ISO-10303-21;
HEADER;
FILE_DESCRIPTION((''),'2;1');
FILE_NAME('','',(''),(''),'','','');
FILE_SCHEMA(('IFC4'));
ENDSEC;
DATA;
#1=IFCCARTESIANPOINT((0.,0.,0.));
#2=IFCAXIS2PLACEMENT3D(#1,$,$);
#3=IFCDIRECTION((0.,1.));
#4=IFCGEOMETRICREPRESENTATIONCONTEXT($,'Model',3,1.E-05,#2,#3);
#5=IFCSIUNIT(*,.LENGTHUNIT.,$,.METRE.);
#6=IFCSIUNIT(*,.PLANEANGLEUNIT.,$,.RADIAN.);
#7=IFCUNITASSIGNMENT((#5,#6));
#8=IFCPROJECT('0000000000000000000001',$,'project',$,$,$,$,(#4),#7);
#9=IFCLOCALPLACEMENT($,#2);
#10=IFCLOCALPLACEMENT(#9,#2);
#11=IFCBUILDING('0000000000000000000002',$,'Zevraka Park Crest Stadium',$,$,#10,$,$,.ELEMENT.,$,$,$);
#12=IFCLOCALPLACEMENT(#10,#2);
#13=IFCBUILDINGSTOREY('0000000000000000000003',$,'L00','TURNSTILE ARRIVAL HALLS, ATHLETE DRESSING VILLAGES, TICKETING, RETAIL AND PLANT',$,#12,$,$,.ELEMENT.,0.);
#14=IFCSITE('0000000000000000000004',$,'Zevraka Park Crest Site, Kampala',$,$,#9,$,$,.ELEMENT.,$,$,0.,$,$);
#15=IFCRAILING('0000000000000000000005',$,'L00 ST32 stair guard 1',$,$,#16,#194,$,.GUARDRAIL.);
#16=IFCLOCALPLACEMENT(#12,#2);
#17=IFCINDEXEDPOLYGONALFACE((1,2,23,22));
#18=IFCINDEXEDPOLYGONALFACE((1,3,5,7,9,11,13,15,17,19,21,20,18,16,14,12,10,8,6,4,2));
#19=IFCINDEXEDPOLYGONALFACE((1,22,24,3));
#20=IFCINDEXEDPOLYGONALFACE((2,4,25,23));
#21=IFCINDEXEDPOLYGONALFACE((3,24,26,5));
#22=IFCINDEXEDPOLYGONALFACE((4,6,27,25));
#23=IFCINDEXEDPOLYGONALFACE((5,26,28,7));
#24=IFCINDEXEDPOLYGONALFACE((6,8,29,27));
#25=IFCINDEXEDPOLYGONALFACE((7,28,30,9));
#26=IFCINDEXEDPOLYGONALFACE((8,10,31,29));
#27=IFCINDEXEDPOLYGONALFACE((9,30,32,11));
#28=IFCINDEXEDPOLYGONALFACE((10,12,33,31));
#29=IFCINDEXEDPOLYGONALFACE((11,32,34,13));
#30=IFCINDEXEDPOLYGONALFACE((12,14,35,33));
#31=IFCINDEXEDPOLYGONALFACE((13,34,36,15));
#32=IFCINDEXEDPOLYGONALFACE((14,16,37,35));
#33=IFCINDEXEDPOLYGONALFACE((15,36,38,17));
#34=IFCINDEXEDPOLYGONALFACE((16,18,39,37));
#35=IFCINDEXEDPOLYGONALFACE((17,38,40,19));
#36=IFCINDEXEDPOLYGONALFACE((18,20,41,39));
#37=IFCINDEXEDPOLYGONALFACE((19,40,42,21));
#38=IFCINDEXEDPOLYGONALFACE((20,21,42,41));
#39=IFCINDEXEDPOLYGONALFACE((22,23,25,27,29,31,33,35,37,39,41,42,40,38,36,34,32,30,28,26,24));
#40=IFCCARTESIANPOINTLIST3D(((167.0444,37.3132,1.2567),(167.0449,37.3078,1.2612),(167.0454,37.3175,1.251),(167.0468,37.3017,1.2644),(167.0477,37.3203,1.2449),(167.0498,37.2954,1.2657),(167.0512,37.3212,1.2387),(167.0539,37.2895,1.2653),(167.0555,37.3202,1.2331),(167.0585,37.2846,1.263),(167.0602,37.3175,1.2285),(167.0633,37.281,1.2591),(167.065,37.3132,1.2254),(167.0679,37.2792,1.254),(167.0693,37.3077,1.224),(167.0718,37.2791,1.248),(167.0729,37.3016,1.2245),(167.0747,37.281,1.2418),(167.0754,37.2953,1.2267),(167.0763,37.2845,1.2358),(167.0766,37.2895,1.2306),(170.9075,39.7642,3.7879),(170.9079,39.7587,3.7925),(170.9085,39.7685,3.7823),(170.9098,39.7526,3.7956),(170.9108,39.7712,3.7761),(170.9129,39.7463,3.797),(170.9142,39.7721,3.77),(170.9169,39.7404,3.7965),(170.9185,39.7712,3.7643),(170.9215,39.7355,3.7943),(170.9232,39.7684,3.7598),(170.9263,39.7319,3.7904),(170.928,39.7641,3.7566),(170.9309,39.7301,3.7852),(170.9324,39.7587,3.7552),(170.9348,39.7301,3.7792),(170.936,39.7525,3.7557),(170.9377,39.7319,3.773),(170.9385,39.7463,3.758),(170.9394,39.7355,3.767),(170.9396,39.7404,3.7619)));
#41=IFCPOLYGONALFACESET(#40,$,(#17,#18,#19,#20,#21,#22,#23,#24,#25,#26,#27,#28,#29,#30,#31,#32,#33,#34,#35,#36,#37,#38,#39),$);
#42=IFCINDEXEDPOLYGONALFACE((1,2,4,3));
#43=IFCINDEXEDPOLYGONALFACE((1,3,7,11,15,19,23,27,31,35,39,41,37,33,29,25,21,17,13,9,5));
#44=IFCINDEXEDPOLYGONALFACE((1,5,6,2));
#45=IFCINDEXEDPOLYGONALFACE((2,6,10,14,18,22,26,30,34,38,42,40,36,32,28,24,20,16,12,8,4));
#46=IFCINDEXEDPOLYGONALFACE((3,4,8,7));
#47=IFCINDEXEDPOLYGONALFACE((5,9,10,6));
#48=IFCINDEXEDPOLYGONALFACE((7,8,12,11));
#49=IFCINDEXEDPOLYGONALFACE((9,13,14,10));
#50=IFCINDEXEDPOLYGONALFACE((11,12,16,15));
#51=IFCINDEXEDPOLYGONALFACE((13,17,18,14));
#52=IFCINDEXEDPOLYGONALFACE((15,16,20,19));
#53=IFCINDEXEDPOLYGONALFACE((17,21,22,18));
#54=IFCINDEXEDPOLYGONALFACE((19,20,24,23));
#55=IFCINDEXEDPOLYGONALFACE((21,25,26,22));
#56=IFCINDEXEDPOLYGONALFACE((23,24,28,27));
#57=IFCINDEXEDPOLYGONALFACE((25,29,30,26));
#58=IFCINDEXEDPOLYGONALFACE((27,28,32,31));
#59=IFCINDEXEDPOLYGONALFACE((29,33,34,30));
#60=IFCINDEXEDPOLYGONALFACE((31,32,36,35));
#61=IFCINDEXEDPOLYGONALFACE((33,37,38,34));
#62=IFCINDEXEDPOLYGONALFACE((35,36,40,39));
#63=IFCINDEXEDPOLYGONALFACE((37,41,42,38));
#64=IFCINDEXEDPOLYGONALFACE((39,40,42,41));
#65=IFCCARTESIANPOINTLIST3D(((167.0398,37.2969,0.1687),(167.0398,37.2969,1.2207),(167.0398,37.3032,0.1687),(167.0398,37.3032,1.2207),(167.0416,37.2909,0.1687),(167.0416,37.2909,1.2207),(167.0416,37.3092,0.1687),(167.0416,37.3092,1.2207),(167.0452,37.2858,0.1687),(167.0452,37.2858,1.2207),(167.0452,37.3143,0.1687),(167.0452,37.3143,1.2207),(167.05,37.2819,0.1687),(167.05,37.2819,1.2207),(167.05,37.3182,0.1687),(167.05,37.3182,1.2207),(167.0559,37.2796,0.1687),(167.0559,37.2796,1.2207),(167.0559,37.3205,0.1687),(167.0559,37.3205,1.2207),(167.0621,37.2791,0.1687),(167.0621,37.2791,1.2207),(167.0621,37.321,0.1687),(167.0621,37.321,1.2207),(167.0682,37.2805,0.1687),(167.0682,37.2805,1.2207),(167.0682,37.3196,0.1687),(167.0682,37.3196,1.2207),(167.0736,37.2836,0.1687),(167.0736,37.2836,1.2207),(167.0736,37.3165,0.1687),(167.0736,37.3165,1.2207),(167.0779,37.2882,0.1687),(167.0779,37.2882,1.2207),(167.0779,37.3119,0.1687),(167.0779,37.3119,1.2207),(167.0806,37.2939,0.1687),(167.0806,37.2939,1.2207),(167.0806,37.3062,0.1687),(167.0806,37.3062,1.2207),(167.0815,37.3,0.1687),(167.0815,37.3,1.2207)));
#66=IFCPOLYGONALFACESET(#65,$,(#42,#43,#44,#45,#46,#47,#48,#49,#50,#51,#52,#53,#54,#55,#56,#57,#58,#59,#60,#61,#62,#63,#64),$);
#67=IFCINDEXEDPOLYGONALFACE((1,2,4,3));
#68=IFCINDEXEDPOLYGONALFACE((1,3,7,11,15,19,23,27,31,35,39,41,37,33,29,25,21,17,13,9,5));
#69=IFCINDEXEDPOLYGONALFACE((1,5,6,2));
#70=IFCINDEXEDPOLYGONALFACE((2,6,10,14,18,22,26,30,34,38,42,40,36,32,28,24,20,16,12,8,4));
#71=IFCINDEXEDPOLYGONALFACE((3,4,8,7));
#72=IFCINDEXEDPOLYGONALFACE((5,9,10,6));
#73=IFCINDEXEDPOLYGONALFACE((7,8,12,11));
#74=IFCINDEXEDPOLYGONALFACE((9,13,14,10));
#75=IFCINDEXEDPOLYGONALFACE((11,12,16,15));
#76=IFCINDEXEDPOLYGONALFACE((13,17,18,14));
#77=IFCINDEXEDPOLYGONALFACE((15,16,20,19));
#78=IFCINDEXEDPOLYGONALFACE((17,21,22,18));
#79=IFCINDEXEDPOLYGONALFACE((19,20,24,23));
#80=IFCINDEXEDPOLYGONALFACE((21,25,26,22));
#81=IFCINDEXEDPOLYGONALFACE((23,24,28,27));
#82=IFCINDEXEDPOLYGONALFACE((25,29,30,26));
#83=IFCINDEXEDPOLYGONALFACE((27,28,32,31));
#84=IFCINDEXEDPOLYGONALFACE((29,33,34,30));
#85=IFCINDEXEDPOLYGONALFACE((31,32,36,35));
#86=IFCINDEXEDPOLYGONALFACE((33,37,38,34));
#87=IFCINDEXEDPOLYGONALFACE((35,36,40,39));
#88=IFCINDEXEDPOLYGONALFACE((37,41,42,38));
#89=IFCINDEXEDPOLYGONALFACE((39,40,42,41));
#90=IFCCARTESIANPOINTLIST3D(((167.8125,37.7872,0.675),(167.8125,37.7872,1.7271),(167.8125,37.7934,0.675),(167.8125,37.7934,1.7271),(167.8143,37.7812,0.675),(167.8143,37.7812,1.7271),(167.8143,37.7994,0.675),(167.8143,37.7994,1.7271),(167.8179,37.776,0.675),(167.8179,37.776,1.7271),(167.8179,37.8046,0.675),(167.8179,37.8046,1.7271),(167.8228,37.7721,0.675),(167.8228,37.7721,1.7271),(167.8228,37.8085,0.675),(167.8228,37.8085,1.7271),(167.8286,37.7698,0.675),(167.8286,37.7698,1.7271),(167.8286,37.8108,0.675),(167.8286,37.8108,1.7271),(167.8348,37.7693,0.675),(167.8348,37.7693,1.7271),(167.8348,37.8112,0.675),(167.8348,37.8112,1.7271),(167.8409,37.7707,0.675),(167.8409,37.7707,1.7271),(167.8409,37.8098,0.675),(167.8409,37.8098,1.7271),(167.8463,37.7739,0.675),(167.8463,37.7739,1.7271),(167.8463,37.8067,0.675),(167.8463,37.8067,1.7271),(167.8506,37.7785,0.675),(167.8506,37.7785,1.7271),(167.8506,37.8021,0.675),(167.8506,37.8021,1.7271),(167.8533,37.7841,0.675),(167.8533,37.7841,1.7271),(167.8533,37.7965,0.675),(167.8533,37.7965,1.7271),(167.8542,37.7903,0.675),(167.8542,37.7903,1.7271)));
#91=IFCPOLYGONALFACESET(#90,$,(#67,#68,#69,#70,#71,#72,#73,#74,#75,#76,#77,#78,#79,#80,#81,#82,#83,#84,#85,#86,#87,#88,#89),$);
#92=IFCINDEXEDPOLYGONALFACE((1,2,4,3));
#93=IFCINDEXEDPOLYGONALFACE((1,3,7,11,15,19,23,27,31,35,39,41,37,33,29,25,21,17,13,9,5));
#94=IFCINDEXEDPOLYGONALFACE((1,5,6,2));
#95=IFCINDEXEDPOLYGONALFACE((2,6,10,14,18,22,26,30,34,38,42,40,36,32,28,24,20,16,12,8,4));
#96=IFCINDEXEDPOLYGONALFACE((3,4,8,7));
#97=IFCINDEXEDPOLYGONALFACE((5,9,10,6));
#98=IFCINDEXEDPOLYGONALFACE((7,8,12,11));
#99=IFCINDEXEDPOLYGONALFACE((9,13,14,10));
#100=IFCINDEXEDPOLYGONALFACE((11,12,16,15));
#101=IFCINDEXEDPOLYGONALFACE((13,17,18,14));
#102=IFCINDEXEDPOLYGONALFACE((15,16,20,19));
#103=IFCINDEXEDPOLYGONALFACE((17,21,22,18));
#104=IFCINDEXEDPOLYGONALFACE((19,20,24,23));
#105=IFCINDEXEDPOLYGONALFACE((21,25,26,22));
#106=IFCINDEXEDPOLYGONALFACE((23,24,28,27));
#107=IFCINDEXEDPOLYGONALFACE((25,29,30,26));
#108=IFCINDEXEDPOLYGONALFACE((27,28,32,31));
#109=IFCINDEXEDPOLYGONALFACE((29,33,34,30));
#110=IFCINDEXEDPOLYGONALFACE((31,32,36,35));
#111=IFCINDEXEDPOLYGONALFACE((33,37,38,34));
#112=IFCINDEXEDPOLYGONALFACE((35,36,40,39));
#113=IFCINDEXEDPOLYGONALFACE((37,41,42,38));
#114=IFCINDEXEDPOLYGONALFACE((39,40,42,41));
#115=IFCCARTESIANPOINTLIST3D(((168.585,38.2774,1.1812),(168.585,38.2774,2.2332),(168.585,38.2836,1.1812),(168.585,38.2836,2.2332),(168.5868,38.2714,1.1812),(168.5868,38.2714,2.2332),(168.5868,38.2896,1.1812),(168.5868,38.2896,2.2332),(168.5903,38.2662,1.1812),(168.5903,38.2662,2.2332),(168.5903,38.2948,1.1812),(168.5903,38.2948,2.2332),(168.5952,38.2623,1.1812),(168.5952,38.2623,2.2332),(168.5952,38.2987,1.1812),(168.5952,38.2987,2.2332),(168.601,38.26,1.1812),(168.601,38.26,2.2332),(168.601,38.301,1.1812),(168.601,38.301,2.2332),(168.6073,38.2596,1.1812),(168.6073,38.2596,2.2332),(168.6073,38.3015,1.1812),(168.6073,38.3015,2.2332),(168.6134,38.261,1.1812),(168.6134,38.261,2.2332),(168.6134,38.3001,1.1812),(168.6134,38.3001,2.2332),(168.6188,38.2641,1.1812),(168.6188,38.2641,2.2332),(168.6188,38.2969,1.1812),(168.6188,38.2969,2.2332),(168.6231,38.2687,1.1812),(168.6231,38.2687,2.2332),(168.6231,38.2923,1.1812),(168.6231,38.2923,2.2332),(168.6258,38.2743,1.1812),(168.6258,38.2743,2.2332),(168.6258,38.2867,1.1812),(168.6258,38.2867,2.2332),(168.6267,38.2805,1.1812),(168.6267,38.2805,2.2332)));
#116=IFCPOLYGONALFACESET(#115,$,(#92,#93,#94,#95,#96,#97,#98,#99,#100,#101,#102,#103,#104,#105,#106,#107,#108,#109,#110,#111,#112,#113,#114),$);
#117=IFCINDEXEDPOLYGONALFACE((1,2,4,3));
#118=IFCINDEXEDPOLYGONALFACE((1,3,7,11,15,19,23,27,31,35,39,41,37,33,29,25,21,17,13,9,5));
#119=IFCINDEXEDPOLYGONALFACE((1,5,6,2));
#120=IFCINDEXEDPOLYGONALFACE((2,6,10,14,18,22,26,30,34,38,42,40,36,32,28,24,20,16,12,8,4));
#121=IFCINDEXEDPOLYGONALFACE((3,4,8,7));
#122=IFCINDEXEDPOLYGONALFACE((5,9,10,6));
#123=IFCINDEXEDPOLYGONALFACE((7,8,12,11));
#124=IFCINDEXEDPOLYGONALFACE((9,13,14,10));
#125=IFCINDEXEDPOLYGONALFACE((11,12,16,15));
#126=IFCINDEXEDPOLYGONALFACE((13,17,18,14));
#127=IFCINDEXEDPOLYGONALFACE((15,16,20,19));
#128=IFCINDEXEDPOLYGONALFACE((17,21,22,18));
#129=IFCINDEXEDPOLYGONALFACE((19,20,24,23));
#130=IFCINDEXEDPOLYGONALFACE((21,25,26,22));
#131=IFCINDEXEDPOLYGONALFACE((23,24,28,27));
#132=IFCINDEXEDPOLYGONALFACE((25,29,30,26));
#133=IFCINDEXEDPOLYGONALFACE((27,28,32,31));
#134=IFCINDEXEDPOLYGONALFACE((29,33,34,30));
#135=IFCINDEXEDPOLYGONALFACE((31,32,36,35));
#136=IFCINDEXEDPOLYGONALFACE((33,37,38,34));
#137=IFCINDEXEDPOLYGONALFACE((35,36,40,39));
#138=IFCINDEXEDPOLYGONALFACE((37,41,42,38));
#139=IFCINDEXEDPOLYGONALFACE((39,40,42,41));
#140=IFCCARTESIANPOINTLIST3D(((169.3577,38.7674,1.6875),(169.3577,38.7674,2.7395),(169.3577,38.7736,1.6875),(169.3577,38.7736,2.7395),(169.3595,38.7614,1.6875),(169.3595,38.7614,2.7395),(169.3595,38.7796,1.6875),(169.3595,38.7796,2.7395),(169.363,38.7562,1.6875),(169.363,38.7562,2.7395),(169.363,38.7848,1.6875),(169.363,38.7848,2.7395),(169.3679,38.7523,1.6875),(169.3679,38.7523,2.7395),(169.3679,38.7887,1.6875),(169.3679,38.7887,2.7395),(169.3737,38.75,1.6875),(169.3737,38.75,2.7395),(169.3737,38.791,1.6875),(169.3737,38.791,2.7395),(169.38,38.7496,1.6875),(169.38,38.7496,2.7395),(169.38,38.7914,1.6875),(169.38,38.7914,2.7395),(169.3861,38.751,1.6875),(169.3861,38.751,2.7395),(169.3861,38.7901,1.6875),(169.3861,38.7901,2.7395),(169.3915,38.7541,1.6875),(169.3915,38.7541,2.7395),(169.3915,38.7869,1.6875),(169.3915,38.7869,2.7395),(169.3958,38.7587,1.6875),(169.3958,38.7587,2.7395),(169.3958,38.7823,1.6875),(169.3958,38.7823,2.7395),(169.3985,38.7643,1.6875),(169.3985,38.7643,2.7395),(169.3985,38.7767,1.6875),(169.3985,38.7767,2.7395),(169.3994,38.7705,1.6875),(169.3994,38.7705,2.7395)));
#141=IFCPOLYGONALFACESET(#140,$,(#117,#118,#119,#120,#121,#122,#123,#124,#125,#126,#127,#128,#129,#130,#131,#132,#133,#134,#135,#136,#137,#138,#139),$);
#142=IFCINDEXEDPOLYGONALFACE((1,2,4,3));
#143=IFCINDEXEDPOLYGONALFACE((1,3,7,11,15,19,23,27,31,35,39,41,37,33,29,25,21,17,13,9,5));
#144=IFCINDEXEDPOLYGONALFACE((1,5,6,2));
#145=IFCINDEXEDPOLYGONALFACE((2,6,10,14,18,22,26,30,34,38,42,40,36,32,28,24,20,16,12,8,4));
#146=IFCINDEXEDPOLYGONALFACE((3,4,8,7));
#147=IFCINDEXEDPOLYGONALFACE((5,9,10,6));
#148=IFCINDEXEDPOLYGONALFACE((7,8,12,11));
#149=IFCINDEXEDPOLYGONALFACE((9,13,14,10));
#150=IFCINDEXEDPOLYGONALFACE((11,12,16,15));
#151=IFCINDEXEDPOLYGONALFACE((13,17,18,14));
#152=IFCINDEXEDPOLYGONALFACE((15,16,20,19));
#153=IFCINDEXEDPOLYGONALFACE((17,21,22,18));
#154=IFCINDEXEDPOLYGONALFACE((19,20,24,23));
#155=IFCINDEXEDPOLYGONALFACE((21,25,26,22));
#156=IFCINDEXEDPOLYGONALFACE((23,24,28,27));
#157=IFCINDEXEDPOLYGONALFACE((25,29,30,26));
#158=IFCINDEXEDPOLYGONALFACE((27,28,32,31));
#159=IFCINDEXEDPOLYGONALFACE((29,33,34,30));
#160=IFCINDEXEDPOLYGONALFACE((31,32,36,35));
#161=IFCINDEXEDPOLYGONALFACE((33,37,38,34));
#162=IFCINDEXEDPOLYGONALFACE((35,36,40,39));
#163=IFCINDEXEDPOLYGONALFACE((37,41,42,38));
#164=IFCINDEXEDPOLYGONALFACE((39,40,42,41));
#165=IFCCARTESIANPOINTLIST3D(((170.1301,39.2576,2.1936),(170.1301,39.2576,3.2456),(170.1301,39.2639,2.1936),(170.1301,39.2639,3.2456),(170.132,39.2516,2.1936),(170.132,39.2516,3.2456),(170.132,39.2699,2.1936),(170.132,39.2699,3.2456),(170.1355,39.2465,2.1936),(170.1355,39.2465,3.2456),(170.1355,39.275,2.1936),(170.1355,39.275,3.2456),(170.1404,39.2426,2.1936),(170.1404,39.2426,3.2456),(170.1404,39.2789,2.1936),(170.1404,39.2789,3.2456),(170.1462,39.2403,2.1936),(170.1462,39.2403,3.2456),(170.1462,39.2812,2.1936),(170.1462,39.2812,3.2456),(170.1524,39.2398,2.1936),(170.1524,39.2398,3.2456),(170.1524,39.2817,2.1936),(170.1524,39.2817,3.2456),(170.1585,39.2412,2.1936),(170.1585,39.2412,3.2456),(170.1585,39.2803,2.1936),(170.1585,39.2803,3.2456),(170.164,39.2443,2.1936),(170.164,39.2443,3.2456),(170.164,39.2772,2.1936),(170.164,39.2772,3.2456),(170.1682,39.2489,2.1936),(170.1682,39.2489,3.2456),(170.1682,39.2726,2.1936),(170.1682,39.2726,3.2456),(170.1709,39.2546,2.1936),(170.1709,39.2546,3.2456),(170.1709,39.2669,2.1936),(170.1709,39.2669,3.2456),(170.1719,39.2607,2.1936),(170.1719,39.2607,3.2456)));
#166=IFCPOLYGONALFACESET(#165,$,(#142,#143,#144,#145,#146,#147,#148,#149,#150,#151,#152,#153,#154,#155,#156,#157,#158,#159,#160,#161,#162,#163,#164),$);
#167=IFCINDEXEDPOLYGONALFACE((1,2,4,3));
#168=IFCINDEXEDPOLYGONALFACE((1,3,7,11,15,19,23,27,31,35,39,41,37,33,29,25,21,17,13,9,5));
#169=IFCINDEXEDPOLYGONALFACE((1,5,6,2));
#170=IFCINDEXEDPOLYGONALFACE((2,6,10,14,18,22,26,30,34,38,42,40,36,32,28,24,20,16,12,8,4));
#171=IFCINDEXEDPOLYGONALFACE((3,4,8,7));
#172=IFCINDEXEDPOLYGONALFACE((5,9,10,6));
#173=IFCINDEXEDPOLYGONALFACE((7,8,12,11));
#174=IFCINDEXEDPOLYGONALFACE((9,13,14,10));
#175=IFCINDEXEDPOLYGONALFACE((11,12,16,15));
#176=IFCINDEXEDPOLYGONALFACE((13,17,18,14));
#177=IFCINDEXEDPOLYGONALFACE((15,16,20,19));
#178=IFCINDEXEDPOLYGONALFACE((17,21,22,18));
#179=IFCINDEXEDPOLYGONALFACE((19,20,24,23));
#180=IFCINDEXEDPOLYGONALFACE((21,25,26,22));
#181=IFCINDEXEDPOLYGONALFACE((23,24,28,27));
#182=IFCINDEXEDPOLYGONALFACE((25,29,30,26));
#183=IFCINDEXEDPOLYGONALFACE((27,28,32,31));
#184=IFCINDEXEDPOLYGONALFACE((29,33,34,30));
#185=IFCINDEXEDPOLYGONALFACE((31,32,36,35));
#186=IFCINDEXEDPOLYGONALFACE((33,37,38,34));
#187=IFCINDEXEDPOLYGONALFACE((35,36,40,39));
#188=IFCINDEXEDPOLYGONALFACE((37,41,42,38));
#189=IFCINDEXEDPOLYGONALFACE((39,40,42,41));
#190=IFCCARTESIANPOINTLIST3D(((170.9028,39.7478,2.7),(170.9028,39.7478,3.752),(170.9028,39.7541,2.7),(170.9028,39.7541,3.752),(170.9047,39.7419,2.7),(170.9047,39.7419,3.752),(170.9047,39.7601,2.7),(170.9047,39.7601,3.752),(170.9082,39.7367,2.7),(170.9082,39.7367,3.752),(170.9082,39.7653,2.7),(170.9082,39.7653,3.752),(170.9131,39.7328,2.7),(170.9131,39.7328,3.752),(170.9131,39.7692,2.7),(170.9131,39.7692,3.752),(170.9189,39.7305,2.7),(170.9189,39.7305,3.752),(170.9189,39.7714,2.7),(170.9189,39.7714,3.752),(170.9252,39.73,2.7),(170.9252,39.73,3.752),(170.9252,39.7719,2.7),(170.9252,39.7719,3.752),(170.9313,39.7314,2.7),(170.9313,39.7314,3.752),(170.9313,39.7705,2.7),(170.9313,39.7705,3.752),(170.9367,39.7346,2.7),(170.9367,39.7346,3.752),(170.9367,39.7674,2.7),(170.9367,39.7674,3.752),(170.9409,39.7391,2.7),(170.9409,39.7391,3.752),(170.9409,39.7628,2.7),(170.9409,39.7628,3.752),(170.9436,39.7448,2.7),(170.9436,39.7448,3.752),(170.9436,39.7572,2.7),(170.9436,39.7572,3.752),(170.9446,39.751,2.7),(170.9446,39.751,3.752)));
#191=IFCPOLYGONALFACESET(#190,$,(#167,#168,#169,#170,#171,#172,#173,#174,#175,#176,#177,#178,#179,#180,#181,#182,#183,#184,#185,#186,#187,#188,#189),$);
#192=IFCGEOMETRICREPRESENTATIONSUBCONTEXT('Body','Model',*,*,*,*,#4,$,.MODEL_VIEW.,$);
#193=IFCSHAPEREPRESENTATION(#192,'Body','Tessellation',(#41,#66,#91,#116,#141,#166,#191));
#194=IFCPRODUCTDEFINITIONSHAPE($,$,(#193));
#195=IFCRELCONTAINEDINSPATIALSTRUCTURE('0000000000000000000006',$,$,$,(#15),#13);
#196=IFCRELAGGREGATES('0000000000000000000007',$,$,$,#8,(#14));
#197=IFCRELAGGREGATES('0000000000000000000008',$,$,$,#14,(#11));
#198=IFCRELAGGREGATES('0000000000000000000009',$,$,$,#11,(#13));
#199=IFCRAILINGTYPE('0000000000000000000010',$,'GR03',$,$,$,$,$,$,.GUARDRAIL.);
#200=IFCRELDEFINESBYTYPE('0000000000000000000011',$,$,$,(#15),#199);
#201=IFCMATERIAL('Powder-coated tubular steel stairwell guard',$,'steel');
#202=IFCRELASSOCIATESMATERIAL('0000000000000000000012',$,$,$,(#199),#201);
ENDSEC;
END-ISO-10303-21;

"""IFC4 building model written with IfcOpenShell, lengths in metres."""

from ifc_helpers import new_model, si_unit, direction, frame, origin, origin_2d, place, context, subcontext, project, spatial, circle, extrude, material, type_object, element, save


model = new_model("IFC4")

# Units and contexts
model_context = context("Model", 3, precision=1e-05, world=origin(), true_north=direction((0.0, 1.0)))
body_context = subcontext(model_context, "Body", "Model", "MODEL_VIEW")
ifc_project = project(units=[si_unit("LENGTHUNIT", "METRE"), si_unit("PLANEANGLEUNIT", "RADIAN")], contexts=[model_context])

# Site, building, storey
site_placement = place(None, origin())
site = spatial("IfcSite", under=ifc_project, at=site_placement, Name="Zevraka Park Crest Site, Kampala", CompositionType="ELEMENT", RefElevation=0.0)
building_placement = place(site_placement, origin())
building = spatial("IfcBuilding", under=site, at=building_placement, Name="Zevraka Park Crest Stadium", CompositionType="ELEMENT")
storey_placement = place(building_placement, origin())
storey = spatial("IfcBuildingStorey", under=building, at=storey_placement, Name="L00", Description="TURNSTILE ARRIVAL HALLS, ATHLETE DRESSING VILLAGES, TICKETING, RETAIL AND PLANT", CompositionType="ELEMENT", Elevation=0.0)

# Railing
ifc_material_1 = material(Name="Powder-coated tubular steel stairwell guard", Category="steel")
railing_type_1 = type_object("IfcRailingType", Name="GR03", PredefinedType="GUARDRAIL", material=ifc_material_1)
railing_1_placement = place(storey_placement, frame((167.0605, 37.3, 0.1687)))
element("IfcRailing", 1, at=railing_1_placement, inside=storey, type_object=railing_type_1, Name="L00 ST32 stair guard 1", PredefinedType="GUARDRAIL", context=body_context, shape_type="SweptSolid", body=[
    extrude(circle(Radius=0.0239, at=origin_2d()), frame((0.0, 0.0, 1.0762), z_axis=(0.738841, 0.468762, 0.484124), x_axis=(-0.535729, 0.84439, 0.0)), (0.0, 0.0, 1.0), 5.2285),
    extrude(circle(Radius=0.021, at=origin_2d()), origin(), (0.0, 0.0, 1.0), 1.052),
    extrude(circle(Radius=0.021, at=origin_2d()), frame((0.7727, 0.4902, 0.5063)), (0.0, 0.0, 1.0), 1.052),
    extrude(circle(Radius=0.021, at=origin_2d()), frame((1.5452, 0.9805, 1.0125)), (0.0, 0.0, 1.0), 1.052),
    extrude(circle(Radius=0.021, at=origin_2d()), frame((2.3179, 1.4705, 1.5188)), (0.0, 0.0, 1.0), 1.052),
    extrude(circle(Radius=0.021, at=origin_2d()), frame((3.0903, 1.9607, 2.0249)), (0.0, 0.0, 1.0), 1.052),
    extrude(circle(Radius=0.021, at=origin_2d()), frame((3.863, 2.4509, 2.5312)), (0.0, 0.0, 1.0), 1.052),
])

save(model, "model.ifc")
